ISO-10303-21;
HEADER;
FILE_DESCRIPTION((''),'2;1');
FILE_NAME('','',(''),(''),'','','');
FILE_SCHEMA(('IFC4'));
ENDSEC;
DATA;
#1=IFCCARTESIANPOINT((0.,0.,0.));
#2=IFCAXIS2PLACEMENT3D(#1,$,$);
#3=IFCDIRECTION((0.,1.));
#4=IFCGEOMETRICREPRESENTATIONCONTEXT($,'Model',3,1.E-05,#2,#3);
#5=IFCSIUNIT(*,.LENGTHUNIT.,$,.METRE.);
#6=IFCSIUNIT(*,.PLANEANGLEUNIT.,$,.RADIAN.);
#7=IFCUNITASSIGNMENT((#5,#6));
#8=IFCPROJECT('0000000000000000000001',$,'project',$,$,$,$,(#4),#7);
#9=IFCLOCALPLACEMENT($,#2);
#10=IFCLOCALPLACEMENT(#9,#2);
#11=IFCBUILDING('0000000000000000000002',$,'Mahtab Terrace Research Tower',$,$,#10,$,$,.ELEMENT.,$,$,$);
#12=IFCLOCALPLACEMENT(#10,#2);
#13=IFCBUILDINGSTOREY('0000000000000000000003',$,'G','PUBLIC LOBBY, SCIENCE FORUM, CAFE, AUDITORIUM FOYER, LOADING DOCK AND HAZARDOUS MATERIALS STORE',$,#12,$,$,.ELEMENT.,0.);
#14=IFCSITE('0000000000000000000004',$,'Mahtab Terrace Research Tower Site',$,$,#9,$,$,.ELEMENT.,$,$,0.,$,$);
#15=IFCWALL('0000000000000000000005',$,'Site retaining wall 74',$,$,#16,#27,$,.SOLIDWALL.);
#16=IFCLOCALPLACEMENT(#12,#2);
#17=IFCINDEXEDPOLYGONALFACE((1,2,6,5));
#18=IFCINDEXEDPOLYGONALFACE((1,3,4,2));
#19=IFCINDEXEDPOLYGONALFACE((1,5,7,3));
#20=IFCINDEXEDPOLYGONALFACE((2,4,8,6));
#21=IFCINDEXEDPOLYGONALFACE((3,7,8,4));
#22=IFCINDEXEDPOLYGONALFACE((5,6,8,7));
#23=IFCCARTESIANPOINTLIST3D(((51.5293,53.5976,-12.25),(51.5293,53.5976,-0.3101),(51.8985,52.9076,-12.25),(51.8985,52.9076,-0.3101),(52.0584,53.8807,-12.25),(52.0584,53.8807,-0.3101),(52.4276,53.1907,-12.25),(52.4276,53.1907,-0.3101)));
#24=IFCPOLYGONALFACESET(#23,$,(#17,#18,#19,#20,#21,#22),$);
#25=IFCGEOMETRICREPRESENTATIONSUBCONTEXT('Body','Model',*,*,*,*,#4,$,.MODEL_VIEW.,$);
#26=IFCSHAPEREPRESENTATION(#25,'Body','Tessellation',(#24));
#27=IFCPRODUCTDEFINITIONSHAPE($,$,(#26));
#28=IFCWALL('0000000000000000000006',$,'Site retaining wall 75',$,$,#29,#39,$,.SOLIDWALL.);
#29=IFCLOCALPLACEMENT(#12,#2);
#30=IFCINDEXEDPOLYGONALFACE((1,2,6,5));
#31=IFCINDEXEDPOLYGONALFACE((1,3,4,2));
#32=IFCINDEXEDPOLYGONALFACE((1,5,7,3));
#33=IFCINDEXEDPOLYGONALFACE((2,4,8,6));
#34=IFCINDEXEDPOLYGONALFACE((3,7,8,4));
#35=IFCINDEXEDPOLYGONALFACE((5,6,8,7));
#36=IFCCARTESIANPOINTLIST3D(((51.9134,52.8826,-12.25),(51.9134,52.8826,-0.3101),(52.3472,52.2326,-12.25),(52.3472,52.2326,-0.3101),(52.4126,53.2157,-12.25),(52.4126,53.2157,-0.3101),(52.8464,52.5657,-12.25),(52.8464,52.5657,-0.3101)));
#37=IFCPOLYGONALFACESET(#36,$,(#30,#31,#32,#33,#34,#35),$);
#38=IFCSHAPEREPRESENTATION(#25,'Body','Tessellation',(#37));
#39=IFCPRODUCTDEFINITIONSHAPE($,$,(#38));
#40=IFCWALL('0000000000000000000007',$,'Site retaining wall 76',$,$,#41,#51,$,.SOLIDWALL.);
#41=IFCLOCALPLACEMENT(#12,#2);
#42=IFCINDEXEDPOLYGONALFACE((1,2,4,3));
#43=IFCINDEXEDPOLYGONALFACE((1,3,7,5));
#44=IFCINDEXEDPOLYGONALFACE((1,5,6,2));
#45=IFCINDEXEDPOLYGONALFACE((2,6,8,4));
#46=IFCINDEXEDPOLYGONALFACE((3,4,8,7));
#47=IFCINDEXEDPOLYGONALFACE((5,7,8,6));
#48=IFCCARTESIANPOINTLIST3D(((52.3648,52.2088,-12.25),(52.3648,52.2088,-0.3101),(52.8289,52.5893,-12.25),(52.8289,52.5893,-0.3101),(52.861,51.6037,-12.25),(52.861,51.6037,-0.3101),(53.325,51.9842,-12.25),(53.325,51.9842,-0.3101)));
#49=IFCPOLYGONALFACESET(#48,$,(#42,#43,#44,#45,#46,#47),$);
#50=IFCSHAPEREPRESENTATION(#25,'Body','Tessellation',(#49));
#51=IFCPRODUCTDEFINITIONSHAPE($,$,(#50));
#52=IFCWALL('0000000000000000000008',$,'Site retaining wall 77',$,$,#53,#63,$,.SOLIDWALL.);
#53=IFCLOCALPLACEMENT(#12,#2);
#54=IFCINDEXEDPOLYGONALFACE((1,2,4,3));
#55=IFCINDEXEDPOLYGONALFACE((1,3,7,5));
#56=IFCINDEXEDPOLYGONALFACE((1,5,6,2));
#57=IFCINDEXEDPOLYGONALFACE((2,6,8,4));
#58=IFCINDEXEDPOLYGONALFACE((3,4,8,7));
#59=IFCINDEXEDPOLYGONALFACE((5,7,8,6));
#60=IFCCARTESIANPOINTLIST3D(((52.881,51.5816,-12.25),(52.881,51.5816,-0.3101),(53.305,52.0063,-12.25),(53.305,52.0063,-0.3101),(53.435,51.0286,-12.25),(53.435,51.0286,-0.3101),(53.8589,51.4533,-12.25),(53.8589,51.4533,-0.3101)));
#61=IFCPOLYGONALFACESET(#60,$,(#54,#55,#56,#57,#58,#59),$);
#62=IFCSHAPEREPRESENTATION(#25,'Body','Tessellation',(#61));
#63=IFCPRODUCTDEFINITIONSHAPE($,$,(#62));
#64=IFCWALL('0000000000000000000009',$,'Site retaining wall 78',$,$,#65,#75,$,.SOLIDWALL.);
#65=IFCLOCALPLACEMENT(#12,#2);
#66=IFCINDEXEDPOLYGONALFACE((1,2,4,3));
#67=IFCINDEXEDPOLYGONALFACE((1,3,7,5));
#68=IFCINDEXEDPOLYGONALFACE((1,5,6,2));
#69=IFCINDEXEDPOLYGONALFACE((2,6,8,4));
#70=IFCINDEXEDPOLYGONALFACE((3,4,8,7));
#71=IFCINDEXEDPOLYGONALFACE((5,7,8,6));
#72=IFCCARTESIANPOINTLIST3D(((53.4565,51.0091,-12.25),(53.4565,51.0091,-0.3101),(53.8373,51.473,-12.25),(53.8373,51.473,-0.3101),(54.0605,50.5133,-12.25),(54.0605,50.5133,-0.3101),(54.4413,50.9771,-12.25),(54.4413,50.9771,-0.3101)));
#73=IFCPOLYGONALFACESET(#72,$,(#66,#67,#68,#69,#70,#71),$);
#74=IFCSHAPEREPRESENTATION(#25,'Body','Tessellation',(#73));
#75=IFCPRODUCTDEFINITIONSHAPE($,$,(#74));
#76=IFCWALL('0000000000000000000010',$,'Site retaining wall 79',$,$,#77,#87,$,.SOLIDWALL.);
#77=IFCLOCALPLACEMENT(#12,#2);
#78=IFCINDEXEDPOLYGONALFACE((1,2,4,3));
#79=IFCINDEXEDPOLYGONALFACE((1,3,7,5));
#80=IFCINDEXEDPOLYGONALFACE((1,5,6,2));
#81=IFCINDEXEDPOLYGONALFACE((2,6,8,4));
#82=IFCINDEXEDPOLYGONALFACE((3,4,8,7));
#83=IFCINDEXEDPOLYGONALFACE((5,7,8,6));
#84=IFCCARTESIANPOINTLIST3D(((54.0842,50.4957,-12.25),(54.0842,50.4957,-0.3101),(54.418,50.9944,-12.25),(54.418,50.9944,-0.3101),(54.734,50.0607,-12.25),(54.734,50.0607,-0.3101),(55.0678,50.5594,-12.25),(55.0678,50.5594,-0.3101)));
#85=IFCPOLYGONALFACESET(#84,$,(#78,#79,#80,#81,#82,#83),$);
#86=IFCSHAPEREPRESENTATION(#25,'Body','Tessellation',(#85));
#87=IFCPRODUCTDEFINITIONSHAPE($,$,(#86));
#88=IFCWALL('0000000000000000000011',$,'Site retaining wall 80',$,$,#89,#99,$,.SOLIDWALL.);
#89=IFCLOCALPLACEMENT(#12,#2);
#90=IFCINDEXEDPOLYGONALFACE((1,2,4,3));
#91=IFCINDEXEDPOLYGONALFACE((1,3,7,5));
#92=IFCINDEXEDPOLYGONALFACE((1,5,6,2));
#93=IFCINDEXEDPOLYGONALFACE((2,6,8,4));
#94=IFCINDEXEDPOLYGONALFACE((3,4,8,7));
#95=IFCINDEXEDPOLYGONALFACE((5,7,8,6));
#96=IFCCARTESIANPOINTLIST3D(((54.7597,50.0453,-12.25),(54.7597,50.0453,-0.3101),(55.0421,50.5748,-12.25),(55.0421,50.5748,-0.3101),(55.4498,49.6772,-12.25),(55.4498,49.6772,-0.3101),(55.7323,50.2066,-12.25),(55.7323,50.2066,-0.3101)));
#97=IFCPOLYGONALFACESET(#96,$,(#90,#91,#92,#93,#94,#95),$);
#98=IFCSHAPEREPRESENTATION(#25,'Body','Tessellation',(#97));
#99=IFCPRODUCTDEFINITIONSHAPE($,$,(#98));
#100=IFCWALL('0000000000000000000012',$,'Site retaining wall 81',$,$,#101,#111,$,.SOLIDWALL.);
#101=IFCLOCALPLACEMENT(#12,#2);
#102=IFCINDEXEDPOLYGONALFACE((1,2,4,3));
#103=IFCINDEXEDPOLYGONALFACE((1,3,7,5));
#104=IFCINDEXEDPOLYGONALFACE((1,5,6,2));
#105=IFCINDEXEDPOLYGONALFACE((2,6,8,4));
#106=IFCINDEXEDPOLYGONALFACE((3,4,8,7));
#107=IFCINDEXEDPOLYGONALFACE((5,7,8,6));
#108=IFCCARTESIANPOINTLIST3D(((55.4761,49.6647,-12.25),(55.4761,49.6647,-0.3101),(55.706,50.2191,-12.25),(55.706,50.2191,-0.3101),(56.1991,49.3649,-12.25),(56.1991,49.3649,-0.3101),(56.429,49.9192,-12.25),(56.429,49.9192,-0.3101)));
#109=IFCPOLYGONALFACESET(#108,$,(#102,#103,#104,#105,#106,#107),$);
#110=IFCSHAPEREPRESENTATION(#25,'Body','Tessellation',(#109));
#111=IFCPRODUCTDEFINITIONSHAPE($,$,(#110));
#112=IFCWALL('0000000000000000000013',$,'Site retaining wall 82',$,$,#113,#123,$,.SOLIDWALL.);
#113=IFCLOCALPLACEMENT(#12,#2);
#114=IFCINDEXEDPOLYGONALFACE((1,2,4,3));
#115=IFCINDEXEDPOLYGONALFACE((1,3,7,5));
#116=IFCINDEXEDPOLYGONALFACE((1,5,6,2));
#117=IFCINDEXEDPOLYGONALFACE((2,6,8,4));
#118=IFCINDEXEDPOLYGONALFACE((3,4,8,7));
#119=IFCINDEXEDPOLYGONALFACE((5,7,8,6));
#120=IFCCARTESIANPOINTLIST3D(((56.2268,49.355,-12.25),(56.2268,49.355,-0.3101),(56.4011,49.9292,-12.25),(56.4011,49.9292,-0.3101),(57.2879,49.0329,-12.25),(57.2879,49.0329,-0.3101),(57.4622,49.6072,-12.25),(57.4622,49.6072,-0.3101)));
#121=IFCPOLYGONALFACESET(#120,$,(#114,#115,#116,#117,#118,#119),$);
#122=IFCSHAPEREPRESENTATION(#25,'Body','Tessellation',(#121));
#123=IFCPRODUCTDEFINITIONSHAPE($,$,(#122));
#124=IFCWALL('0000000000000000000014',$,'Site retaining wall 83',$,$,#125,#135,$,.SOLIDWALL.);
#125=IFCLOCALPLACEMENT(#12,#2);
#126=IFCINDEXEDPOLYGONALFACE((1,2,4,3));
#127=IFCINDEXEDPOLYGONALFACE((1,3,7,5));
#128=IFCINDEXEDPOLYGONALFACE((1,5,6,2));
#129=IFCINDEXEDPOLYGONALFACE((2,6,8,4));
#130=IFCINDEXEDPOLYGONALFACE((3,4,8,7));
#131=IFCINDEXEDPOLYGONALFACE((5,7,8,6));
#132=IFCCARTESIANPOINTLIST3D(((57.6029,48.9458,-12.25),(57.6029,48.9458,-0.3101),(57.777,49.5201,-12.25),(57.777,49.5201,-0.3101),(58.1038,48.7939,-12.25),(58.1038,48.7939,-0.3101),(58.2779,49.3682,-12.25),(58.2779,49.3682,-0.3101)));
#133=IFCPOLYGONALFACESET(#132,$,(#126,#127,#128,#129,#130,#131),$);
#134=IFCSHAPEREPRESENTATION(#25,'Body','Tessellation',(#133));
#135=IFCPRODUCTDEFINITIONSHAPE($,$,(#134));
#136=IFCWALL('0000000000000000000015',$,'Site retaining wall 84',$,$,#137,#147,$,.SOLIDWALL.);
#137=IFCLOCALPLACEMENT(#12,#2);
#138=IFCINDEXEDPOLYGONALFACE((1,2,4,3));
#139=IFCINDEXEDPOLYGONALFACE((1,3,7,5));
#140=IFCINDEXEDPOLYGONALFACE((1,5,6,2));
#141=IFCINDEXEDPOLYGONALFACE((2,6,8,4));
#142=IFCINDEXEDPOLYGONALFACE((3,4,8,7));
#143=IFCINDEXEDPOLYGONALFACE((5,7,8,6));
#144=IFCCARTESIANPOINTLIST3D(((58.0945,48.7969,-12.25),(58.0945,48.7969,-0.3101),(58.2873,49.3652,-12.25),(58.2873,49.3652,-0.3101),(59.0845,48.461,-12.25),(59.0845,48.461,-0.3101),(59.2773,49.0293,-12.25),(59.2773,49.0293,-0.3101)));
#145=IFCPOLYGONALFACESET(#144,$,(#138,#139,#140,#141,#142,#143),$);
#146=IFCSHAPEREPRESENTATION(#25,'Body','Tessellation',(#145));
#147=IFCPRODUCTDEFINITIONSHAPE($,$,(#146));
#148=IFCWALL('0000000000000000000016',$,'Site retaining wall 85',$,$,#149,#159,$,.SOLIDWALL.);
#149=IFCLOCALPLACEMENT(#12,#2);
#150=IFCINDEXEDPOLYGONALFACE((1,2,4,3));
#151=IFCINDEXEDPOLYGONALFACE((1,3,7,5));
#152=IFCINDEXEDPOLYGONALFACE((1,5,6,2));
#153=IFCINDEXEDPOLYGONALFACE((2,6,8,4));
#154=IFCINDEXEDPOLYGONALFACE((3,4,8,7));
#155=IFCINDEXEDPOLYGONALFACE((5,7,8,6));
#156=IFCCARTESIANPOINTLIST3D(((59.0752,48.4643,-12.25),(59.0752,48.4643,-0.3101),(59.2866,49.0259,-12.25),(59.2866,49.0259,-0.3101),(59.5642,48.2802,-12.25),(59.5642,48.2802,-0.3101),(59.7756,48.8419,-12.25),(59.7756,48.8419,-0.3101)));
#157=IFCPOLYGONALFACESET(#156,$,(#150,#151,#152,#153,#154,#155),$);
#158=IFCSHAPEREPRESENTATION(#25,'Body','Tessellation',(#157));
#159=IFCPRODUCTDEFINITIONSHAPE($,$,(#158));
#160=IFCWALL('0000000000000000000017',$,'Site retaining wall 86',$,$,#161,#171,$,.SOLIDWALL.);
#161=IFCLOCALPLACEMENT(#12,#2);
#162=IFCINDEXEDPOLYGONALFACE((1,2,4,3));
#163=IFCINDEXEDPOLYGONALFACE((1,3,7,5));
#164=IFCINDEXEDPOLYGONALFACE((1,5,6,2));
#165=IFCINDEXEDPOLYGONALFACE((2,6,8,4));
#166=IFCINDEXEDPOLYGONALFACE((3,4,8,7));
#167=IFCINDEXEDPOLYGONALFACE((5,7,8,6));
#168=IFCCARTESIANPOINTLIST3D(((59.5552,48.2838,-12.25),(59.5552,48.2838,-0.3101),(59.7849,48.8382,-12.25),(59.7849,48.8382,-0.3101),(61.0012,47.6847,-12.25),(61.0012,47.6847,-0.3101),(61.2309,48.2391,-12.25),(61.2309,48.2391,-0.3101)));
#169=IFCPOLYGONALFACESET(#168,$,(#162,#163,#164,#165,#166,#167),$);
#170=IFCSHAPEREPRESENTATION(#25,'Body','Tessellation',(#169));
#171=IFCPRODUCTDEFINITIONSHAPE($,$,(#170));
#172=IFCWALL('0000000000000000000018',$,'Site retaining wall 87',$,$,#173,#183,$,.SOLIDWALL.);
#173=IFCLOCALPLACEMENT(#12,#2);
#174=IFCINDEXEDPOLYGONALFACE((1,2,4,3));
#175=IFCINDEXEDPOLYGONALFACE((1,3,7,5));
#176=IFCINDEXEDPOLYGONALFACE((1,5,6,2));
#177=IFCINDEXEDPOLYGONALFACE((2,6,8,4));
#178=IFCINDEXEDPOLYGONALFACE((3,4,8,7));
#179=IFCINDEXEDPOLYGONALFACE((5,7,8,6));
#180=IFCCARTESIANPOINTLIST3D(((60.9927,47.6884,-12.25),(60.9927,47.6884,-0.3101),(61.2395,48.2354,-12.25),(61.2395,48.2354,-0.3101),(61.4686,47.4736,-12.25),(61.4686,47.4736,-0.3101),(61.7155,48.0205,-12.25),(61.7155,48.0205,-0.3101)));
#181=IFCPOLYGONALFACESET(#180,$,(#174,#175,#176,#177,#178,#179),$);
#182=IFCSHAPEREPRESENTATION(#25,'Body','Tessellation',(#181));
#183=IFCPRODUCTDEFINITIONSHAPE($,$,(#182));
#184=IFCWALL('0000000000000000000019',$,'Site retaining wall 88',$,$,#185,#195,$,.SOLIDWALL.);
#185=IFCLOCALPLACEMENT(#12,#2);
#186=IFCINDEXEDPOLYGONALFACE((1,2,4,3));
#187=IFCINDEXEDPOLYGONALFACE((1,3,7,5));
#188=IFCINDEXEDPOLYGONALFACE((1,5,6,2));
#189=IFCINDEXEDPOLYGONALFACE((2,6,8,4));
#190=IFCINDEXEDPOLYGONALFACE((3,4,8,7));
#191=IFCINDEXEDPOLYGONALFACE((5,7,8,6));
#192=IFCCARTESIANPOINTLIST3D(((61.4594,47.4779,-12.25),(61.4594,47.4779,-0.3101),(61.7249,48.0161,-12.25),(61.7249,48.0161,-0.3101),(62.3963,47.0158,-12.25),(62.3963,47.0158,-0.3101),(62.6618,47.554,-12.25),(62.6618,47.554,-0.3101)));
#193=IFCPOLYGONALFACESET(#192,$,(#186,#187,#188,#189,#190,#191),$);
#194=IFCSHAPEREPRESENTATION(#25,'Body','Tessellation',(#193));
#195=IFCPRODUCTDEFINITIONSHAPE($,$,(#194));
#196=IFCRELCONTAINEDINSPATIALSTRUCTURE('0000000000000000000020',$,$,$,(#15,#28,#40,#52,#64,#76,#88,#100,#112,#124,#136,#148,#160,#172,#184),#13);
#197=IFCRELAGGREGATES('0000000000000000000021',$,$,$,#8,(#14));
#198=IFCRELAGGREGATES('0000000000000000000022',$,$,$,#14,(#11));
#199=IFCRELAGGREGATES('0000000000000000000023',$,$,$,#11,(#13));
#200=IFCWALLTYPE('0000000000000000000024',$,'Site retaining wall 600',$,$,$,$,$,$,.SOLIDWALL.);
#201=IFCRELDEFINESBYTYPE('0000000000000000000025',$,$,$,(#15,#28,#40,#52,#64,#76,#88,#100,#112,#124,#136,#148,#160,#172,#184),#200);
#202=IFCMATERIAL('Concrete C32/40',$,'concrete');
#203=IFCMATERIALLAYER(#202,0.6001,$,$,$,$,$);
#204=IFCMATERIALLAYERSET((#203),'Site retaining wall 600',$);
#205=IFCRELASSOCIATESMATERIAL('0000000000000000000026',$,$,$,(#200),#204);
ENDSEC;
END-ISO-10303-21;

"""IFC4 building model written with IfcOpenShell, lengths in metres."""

from ifc_helpers import new_model, si_unit, direction, frame, frame_2d, origin, place, context, subcontext, project, spatial, rectangle, extrude, material, layer, layer_set, type_object, element, save


model = new_model("IFC4")

# Units and contexts
model_context = context("Model", 3, precision=1e-05, world=origin(), true_north=direction((0.0, 1.0)))
body_context = subcontext(model_context, "Body", "Model", "MODEL_VIEW")
ifc_project = project(units=[si_unit("LENGTHUNIT", "METRE"), si_unit("PLANEANGLEUNIT", "RADIAN")], contexts=[model_context])

# Site, building, storey
site_placement = place(None, origin())
site = spatial("IfcSite", under=ifc_project, at=site_placement, Name="Mahtab Terrace Research Tower Site", CompositionType="ELEMENT", RefElevation=0.0)
building_placement = place(site_placement, origin())
building = spatial("IfcBuilding", under=site, at=building_placement, Name="Mahtab Terrace Research Tower", CompositionType="ELEMENT")
storey_placement = place(building_placement, origin())
storey = spatial("IfcBuildingStorey", under=building, at=storey_placement, Name="G", Description="PUBLIC LOBBY, SCIENCE FORUM, CAFE, AUDITORIUM FOYER, LOADING DOCK AND HAZARDOUS MATERIALS STORE", CompositionType="ELEMENT", Elevation=0.0)

# Walls
ifc_material = material(Name="Concrete C32/40", Category="concrete")
ifc_layer = layer(ifc_material, 0.6001)
ifc_layer_set = layer_set([ifc_layer], Name="Site retaining wall 600")
wall_type = type_object("IfcWallType", Name="Site retaining wall 600", PredefinedType="SOLIDWALL", material=ifc_layer_set)
wall_1_placement = place(storey_placement, frame((51.7939, 53.739, -12.25), z_axis=(0.0, 0.0, 1.0), x_axis=(0.471754, -0.88173, 0.0)))
element("IfcWall", 1, at=wall_1_placement, inside=storey, type_object=wall_type, Name="Site retaining wall 74", PredefinedType="SOLIDWALL", context=body_context, shape_type="SweptSolid", body=[
    extrude(rectangle(XDim=0.7825, YDim=0.6001, at=frame_2d((0.3911, 0.0))), origin(), (0.0, 0.0, 1.0), 11.9399),
])
wall_2_placement = place(storey_placement, frame((52.1631, 53.0491, -12.25), z_axis=(0.0, 0.0, 1.0), x_axis=(0.555061, -0.83181, 0.0)))
element("IfcWall", 2, at=wall_2_placement, inside=storey, type_object=wall_type, Name="Site retaining wall 75", PredefinedType="SOLIDWALL", context=body_context, shape_type="SweptSolid", body=[
    extrude(rectangle(XDim=0.7815, YDim=0.6001, at=frame_2d((0.3906, 0.0))), origin(), (0.0, 0.0, 1.0), 11.9399),
])
wall_3_placement = place(storey_placement, frame((52.5969, 52.3989, -12.25), z_axis=(0.0, 0.0, 1.0), x_axis=(0.634087, -0.773262, 0.0)))
element("IfcWall", 3, at=wall_3_placement, inside=storey, type_object=wall_type, Name="Site retaining wall 76", PredefinedType="SOLIDWALL", context=body_context, shape_type="SweptSolid", body=[
    extrude(rectangle(XDim=0.7825, YDim=0.6001, at=frame_2d((0.3911, 0.0))), origin(), (0.0, 0.0, 1.0), 11.9399),
])
wall_4_placement = place(storey_placement, frame((53.093, 51.7939, -12.25), z_axis=(0.0, 0.0, 1.0), x_axis=(0.70773, -0.706483, 0.0)))
element("IfcWall", 4, at=wall_4_placement, inside=storey, type_object=wall_type, Name="Site retaining wall 77", PredefinedType="SOLIDWALL", context=body_context, shape_type="SweptSolid", body=[
    extrude(rectangle(XDim=0.7827, YDim=0.6001, at=frame_2d((0.3914, 0.0))), origin(), (0.0, 0.0, 1.0), 11.9399),
])
wall_5_placement = place(storey_placement, frame((53.647, 51.241, -12.25), z_axis=(0.0, 0.0, 1.0), x_axis=(0.772912, -0.634513, 0.0)))
element("IfcWall", 5, at=wall_5_placement, inside=storey, type_object=wall_type, Name="Site retaining wall 78", PredefinedType="SOLIDWALL", context=body_context, shape_type="SweptSolid", body=[
    extrude(rectangle(XDim=0.7815, YDim=0.6001, at=frame_2d((0.3906, 0.0))), origin(), (0.0, 0.0, 1.0), 11.9399),
])
wall_6_placement = place(storey_placement, frame((54.251, 50.7451, -12.25), z_axis=(0.0, 0.0, 1.0), x_axis=(0.830992, -0.556284, 0.0)))
element("IfcWall", 6, at=wall_6_placement, inside=storey, type_object=wall_type, Name="Site retaining wall 79", PredefinedType="SOLIDWALL", context=body_context, shape_type="SweptSolid", body=[
    extrude(rectangle(XDim=0.782, YDim=0.6001, at=frame_2d((0.3911, 0.0))), origin(), (0.0, 0.0, 1.0), 11.9399),
])
wall_7_placement = place(storey_placement, frame((54.9009, 50.3101, -12.25), z_axis=(0.0, 0.0, 1.0), x_axis=(0.882318, -0.470653, 0.0)))
element("IfcWall", 7, at=wall_7_placement, inside=storey, type_object=wall_type, Name="Site retaining wall 80", PredefinedType="SOLIDWALL", context=body_context, shape_type="SweptSolid", body=[
    extrude(rectangle(XDim=0.7822, YDim=0.6001, at=frame_2d((0.3911, 0.0))), origin(), (0.0, 0.0, 1.0), 11.9399),
])
wall_8_placement = place(storey_placement, frame((55.5911, 49.9419, -12.25), z_axis=(0.0, 0.0, 1.0), x_axis=(0.923712, -0.383086, 0.0)))
element("IfcWall", 8, at=wall_8_placement, inside=storey, type_object=wall_type, Name="Site retaining wall 81", PredefinedType="SOLIDWALL", context=body_context, shape_type="SweptSolid", body=[
    extrude(rectangle(XDim=0.7827, YDim=0.6001, at=frame_2d((0.3914, 0.0))), origin(), (0.0, 0.0, 1.0), 11.9399),
])
wall_9_placement = place(storey_placement, frame((56.314, 49.6421, -12.25), z_axis=(0.0, 0.0, 1.0), x_axis=(0.9569, -0.290417, 0.0)))
element("IfcWall", 9, at=wall_9_placement, inside=storey, type_object=wall_type, Name="Site retaining wall 82", PredefinedType="SOLIDWALL", context=body_context, shape_type="SweptSolid", body=[
    extrude(rectangle(XDim=1.1089, YDim=0.6001, at=frame_2d((0.5544, 0.0))), origin(), (0.0, 0.0, 1.0), 11.9399),
])
wall_10_placement = place(storey_placement, frame((57.6899, 49.2329, -12.25), z_axis=(0.0, 0.0, 1.0), x_axis=(0.957001, -0.290085, 0.0)))
element("IfcWall", 10, at=wall_10_placement, inside=storey, type_object=wall_type, Name="Site retaining wall 83", PredefinedType="SOLIDWALL", context=body_context, shape_type="SweptSolid", body=[
    extrude(rectangle(XDim=0.5234, YDim=0.6001, at=frame_2d((0.2617, 0.0))), origin(), (0.0, 0.0, 1.0), 11.9399),
])
wall_11_placement = place(storey_placement, frame((58.1909, 49.0811, -12.25), z_axis=(0.0, 0.0, 1.0), x_axis=(0.946965, -0.321337, 0.0)))
element("IfcWall", 11, at=wall_11_placement, inside=storey, type_object=wall_type, Name="Site retaining wall 84", PredefinedType="SOLIDWALL", context=body_context, shape_type="SweptSolid", body=[
    extrude(rectangle(XDim=1.0454, YDim=0.6001, at=frame_2d((0.5227, 0.0))), origin(), (0.0, 0.0, 1.0), 11.9399),
])
wall_12_placement = place(storey_placement, frame((59.1809, 48.7451, -12.25), z_axis=(0.0, 0.0, 1.0), x_axis=(0.935887, -0.352301, 0.0)))
element("IfcWall", 12, at=wall_12_placement, inside=storey, type_object=wall_type, Name="Site retaining wall 85", PredefinedType="SOLIDWALL", context=body_context, shape_type="SweptSolid", body=[
    extrude(rectangle(XDim=0.5225, YDim=0.6001, at=frame_2d((0.2612, 0.0))), origin(), (0.0, 0.0, 1.0), 11.9399),
])
wall_13_placement = place(storey_placement, frame((59.6699, 48.561, -12.25), z_axis=(0.0, 0.0, 1.0), x_axis=(0.923846, -0.382765, 0.0)))
element("IfcWall", 13, at=wall_13_placement, inside=storey, type_object=wall_type, Name="Site retaining wall 86", PredefinedType="SOLIDWALL", context=body_context, shape_type="SweptSolid", body=[
    extrude(rectangle(XDim=1.5652, YDim=0.6001, at=frame_2d((0.7827, 0.0))), origin(), (0.0, 0.0, 1.0), 11.9399),
])
wall_14_placement = place(storey_placement, frame((61.116, 47.9619, -12.25), z_axis=(0.0, 0.0, 1.0), x_axis=(0.911484, -0.411336, 0.0)))
element("IfcWall", 14, at=wall_14_placement, inside=storey, type_object=wall_type, Name="Site retaining wall 87", PredefinedType="SOLIDWALL", context=body_context, shape_type="SweptSolid", body=[
    extrude(rectangle(XDim=0.5222, YDim=0.6001, at=frame_2d((0.2612, 0.0))), origin(), (0.0, 0.0, 1.0), 11.9399),
])
wall_15_placement = place(storey_placement, frame((61.592, 47.7471, -12.25), z_axis=(0.0, 0.0, 1.0), x_axis=(0.896844, -0.442347, 0.0)))
element("IfcWall", 15, at=wall_15_placement, inside=storey, type_object=wall_type, Name="Site retaining wall 88", PredefinedType="SOLIDWALL", context=body_context, shape_type="SweptSolid", body=[
    extrude(rectangle(XDim=1.0447, YDim=0.6001, at=frame_2d((0.5225, 0.0))), origin(), (0.0, 0.0, 1.0), 11.9399),
])

save(model, "model.ifc")
